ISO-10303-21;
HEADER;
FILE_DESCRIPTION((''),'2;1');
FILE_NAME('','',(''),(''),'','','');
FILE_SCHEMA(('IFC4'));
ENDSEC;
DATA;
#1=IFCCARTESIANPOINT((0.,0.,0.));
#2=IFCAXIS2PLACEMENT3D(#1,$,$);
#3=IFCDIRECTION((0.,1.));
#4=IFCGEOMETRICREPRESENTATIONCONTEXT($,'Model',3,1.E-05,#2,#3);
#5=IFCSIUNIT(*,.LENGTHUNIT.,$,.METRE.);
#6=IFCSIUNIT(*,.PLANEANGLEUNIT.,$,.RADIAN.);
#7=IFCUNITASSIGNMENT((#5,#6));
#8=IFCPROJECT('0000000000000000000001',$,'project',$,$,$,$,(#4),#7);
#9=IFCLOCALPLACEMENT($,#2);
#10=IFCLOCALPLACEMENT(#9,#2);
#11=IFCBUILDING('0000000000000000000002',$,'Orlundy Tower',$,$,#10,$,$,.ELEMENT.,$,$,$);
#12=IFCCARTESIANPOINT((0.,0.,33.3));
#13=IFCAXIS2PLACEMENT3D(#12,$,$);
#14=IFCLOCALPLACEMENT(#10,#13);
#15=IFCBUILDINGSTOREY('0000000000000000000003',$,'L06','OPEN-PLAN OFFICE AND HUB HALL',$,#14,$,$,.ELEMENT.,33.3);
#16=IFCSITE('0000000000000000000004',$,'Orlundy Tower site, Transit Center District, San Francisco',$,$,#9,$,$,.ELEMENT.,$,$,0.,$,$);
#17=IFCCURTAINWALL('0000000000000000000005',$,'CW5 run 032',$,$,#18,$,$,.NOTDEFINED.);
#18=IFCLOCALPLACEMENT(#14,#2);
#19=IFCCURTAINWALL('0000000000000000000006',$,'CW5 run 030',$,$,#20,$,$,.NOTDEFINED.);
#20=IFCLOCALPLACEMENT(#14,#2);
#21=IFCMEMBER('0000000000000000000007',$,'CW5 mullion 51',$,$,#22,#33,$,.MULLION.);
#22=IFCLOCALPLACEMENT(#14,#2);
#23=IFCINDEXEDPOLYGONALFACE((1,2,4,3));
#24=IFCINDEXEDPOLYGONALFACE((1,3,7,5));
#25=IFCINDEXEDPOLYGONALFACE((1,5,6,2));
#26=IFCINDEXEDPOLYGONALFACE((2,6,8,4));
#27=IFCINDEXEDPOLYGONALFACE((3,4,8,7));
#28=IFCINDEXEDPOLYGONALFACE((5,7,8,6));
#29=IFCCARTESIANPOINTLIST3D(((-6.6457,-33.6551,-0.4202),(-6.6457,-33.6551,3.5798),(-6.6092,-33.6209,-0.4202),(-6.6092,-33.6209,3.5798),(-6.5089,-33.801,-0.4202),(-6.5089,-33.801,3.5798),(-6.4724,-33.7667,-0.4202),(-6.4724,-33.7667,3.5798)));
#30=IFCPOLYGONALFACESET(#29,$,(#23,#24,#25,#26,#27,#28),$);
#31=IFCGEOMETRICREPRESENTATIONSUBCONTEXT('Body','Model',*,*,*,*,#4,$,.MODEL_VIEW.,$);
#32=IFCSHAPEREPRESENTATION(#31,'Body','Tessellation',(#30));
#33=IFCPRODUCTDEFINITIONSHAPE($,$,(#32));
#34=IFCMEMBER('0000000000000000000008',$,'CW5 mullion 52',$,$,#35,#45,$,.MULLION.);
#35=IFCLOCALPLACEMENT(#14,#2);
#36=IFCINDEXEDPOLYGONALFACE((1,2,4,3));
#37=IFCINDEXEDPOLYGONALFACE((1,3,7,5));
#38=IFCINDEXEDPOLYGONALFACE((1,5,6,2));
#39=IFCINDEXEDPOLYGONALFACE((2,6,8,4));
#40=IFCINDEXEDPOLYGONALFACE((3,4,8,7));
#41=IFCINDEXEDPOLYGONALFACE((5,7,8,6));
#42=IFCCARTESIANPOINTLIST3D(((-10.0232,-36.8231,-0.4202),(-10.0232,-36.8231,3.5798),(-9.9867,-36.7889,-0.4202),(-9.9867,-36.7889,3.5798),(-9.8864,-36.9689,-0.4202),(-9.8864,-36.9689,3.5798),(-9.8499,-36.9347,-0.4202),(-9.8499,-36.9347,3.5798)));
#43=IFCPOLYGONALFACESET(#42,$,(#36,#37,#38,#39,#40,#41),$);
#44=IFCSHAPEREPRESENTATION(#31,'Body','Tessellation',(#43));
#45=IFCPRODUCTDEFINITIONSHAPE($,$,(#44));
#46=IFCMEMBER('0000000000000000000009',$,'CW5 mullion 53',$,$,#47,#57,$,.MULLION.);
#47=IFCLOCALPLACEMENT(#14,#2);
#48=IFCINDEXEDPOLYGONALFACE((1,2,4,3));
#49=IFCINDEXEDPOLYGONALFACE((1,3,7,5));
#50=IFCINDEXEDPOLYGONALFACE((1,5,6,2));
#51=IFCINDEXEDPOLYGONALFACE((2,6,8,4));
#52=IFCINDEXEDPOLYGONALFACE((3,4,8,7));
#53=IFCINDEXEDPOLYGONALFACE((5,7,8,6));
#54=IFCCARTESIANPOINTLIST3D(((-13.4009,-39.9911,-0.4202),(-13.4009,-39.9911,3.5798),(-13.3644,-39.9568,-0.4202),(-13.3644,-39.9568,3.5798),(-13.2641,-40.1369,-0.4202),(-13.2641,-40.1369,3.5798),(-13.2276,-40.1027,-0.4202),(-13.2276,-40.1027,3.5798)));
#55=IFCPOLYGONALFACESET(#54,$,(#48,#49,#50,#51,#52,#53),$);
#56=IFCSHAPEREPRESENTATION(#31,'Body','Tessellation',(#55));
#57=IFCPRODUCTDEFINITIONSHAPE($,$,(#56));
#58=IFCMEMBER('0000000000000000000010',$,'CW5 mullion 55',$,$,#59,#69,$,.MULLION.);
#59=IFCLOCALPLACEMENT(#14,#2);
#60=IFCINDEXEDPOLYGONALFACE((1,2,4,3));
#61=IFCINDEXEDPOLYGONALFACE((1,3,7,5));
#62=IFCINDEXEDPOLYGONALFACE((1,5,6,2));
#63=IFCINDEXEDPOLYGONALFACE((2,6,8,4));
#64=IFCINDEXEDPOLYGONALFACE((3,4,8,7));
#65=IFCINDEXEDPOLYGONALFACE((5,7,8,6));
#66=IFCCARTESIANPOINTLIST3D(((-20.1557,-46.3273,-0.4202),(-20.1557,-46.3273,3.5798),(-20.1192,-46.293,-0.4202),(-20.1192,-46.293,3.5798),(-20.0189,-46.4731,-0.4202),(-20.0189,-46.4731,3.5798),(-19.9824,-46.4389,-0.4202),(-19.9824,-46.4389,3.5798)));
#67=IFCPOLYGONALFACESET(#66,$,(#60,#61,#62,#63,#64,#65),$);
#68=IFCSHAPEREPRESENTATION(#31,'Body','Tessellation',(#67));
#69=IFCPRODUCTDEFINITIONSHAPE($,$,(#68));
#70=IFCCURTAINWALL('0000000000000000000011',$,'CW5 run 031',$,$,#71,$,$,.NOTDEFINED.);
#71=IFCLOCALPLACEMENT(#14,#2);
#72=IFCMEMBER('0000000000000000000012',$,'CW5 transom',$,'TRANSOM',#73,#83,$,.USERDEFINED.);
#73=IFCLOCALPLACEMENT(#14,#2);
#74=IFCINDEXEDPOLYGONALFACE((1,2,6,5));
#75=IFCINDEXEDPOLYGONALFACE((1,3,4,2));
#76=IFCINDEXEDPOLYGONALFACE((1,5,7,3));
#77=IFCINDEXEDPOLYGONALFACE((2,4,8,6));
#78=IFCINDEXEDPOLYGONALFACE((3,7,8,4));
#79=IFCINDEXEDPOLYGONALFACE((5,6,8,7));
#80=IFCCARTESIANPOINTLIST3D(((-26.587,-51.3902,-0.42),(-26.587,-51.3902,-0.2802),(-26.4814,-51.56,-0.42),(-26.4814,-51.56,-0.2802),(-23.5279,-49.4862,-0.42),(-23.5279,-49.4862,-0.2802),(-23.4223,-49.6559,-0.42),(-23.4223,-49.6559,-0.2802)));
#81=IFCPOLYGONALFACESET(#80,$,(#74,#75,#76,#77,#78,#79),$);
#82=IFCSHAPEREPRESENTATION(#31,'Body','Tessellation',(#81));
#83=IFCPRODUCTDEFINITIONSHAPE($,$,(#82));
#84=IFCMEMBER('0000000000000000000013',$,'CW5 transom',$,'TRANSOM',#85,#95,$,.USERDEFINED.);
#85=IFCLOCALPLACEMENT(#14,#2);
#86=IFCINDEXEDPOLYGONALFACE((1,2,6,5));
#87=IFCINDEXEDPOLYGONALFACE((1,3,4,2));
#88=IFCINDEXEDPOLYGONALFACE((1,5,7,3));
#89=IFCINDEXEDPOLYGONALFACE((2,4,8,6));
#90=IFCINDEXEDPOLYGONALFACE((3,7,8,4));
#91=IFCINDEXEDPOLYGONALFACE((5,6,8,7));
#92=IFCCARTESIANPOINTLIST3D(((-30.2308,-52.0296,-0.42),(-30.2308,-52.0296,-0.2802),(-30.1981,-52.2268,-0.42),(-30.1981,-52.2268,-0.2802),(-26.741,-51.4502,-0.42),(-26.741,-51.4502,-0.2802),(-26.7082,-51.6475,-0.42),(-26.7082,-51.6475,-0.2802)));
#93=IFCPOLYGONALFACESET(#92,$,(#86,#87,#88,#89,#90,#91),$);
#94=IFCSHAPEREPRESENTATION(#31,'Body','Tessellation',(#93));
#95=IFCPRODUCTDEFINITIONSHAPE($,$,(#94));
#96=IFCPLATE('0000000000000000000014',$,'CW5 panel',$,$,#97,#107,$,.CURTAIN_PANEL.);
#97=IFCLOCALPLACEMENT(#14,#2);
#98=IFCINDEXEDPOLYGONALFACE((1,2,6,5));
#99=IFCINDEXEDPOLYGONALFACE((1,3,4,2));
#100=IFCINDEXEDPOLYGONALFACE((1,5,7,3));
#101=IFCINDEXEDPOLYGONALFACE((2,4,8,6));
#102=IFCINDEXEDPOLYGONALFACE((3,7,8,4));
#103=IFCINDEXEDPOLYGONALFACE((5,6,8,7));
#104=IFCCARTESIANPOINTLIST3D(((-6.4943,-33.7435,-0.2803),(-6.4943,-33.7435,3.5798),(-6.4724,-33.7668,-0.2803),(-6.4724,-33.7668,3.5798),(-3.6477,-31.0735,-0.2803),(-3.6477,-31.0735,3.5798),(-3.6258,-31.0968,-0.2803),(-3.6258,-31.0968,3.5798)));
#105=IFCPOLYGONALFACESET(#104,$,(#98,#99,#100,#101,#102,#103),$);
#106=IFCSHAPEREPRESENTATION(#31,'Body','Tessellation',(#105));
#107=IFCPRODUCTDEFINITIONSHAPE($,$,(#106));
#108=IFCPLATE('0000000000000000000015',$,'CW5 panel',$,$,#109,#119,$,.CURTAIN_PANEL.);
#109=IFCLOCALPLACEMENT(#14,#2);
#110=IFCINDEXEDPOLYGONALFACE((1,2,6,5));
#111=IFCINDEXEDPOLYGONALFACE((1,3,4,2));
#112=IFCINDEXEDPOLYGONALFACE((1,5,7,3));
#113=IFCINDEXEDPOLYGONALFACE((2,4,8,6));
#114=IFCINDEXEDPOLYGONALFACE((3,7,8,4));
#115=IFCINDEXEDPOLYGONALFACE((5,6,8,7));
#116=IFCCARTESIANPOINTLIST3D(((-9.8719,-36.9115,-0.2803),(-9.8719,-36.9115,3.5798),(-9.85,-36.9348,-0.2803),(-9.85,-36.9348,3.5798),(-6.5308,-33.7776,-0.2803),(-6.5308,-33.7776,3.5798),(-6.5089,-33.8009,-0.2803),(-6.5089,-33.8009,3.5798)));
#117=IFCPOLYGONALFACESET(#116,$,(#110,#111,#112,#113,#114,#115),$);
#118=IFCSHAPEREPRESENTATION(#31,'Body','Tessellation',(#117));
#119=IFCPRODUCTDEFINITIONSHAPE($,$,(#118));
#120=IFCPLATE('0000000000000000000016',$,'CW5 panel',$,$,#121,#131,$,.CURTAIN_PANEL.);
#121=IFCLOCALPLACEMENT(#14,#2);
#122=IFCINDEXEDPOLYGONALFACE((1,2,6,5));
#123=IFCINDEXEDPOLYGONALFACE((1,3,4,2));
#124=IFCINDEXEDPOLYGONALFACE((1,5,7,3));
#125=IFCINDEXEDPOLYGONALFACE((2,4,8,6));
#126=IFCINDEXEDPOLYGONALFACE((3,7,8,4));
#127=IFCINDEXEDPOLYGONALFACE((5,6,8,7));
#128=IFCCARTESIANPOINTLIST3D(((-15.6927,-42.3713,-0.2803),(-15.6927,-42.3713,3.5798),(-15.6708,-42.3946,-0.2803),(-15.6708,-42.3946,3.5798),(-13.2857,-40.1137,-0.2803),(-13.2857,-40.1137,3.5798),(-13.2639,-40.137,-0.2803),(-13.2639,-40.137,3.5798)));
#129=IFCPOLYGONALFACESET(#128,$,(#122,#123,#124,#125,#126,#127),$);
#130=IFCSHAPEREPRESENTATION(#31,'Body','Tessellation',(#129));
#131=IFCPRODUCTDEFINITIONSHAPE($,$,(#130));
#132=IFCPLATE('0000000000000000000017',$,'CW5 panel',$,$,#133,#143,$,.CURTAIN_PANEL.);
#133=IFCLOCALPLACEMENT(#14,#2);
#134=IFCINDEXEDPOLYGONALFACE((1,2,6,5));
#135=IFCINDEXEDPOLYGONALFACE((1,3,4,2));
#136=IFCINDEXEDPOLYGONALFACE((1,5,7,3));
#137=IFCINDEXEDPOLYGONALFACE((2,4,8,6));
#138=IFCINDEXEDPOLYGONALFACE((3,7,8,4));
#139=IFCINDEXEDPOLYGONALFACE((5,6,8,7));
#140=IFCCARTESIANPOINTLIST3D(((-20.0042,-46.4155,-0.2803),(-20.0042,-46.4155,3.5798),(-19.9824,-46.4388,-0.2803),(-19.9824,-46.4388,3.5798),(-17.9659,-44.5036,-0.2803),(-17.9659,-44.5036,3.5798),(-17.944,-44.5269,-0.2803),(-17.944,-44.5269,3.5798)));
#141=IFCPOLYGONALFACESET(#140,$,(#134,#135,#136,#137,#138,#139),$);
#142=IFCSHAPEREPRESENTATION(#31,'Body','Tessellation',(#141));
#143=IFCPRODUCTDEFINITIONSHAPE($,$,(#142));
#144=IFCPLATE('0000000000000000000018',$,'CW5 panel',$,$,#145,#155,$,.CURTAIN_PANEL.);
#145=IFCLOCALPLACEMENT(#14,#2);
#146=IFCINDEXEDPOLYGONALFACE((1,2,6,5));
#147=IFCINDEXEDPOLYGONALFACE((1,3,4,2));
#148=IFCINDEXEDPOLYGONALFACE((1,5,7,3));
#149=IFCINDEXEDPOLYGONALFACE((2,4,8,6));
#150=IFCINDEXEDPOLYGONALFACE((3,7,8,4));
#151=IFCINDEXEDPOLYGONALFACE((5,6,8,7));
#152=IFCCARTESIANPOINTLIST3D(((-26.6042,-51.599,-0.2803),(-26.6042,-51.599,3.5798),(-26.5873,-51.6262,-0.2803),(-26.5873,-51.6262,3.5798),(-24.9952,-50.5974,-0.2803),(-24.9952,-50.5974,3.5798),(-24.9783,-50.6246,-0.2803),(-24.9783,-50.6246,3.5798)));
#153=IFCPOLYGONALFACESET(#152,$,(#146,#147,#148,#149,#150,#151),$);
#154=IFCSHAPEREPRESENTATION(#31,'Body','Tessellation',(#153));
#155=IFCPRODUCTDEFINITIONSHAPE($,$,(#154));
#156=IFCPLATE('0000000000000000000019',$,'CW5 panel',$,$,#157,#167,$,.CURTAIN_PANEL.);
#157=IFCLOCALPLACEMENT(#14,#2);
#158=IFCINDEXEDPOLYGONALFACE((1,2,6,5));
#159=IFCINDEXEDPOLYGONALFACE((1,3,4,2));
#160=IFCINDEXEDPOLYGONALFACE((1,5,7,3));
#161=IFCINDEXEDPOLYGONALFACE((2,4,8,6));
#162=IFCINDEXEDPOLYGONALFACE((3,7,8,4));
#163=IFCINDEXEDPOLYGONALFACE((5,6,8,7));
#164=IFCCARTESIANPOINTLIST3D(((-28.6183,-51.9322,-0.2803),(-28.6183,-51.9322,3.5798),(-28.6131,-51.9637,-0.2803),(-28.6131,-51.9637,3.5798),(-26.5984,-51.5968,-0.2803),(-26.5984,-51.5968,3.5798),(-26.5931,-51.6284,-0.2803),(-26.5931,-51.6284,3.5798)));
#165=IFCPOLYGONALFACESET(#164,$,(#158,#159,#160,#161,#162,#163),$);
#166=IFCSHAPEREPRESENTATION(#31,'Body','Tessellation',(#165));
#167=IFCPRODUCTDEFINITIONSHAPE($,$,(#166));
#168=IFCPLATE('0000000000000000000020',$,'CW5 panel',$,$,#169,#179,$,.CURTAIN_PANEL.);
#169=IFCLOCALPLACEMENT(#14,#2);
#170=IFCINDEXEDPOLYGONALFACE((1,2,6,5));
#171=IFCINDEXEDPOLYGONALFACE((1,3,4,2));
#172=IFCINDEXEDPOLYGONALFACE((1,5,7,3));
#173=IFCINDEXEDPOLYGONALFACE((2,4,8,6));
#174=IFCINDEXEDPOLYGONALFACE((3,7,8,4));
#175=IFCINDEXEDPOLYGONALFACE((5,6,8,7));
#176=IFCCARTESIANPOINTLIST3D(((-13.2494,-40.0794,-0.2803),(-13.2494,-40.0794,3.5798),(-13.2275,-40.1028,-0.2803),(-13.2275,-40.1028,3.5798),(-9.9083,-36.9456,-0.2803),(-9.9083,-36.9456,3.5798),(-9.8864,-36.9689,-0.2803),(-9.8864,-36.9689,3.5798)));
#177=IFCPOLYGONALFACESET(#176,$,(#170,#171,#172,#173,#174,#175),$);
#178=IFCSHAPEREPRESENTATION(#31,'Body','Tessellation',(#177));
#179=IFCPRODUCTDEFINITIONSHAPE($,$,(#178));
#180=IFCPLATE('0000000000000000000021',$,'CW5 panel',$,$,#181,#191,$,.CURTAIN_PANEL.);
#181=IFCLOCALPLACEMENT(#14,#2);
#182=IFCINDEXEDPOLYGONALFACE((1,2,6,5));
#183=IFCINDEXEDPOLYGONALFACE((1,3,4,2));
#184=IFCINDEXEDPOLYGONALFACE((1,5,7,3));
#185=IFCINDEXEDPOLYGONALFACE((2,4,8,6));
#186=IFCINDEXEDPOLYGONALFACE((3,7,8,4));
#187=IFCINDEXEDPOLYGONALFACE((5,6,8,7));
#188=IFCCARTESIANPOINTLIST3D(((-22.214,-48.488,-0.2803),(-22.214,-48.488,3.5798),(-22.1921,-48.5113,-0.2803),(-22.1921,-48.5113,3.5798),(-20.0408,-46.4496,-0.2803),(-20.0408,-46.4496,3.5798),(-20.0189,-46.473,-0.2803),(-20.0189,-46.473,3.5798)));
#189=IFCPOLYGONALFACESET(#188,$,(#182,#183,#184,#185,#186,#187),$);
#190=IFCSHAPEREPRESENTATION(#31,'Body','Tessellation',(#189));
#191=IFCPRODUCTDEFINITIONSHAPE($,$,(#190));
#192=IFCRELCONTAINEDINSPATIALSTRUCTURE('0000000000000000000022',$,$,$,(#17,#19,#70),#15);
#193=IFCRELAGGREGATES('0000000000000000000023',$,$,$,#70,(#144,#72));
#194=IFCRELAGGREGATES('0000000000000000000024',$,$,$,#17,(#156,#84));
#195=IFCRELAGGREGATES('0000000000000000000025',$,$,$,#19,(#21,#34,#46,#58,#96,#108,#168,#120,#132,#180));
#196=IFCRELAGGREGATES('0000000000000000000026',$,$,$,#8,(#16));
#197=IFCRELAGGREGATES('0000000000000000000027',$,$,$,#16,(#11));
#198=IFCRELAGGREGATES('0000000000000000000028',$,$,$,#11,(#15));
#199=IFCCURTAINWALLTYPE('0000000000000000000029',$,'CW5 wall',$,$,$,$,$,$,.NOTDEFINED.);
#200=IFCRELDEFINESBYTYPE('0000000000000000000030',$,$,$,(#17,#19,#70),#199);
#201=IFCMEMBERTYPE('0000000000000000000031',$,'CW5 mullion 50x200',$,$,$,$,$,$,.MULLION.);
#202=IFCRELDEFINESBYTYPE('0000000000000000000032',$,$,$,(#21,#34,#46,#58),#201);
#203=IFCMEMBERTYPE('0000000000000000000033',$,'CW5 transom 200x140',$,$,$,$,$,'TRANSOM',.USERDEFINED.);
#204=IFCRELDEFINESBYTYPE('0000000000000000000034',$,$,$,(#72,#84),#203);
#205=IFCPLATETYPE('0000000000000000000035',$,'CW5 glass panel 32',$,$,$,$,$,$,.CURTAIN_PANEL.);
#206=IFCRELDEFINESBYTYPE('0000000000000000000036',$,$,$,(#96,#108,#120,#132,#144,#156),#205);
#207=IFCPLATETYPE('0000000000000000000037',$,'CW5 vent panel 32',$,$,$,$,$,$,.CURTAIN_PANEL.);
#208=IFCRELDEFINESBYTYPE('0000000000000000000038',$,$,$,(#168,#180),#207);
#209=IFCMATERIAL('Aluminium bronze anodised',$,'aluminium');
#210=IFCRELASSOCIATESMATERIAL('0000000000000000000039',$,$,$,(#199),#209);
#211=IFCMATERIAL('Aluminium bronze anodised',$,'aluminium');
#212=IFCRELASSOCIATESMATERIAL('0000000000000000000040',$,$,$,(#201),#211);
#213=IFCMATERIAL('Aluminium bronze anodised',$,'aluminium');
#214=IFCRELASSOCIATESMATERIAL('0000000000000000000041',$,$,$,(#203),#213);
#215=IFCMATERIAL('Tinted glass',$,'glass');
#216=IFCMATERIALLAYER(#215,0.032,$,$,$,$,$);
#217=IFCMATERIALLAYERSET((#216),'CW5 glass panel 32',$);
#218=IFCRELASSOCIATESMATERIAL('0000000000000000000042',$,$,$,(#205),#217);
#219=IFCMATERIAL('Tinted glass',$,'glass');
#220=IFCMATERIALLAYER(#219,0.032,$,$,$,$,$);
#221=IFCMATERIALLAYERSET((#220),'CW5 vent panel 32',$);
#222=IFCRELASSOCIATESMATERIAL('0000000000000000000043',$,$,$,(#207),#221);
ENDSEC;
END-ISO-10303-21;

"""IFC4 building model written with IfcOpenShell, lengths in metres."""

from ifc_helpers import new_model, si_unit, direction, frame, origin, origin_2d, place, context, subcontext, project, spatial, rectangle, extrude, material, layer, layer_set, material_profile, profile_set, type_object, element, aggregate, save


model = new_model("IFC4")

# Units and contexts
model_context = context("Model", 3, precision=1e-05, world=origin(), true_north=direction((0.0, 1.0)))
body_context = subcontext(model_context, "Body", "Model", "MODEL_VIEW")
ifc_project = project(units=[si_unit("LENGTHUNIT", "METRE"), si_unit("PLANEANGLEUNIT", "RADIAN")], contexts=[model_context])

# Site, building, storey
site_placement = place(None, origin())
site = spatial("IfcSite", under=ifc_project, at=site_placement, Name="Orlundy Tower site, Transit Center District, San Francisco", CompositionType="ELEMENT", RefElevation=0.0)
building_placement = place(site_placement, origin())
building = spatial("IfcBuilding", under=site, at=building_placement, Name="Orlundy Tower", CompositionType="ELEMENT")
storey_placement = place(building_placement, frame((0.0, 0.0, 33.3)))
storey = spatial("IfcBuildingStorey", under=building, at=storey_placement, Name="L06", Description="OPEN-PLAN OFFICE AND HUB HALL", CompositionType="ELEMENT", Elevation=33.3)

# Curtain wall
ifc_material_1 = material(Name="Aluminium bronze anodised", Category="aluminium")
curtain_wall_type = type_object("IfcCurtainWallType", Name="CW5 wall", PredefinedType="NOTDEFINED", material=ifc_material_1)
curtain_wall_1_placement = place(storey_placement, origin())
curtain_wall_1 = element("IfcCurtainWall", 1, at=curtain_wall_1_placement, inside=storey, type_object=curtain_wall_type, Name="CW5 run 032", PredefinedType="NOTDEFINED")

# Curtain wall, members
curtain_wall_2_placement = place(storey_placement, origin())
curtain_wall_2 = element("IfcCurtainWall", 2, at=curtain_wall_2_placement, inside=storey, type_object=curtain_wall_type, Name="CW5 run 030", PredefinedType="NOTDEFINED")
ifc_material_2 = material(Name="Aluminium bronze anodised", Category="aluminium")
ifc_material_profile_1 = material_profile(ifc_material_2, rectangle(XDim=0.2, YDim=0.05, at=origin_2d()), Name="CW5 mullion 50x200")
ifc_profile_set_1 = profile_set([ifc_material_profile_1], Name="Aluminium bronze anodised")
member_type_1 = type_object("IfcMemberType", Name="CW5 mullion 50x200", PredefinedType="MULLION", material=ifc_profile_set_1)
member_1_placement = place(storey_placement, frame((-6.5591, -33.7109, -0.4202), z_axis=(0.0, 0.0, 1.0), x_axis=(0.684124, -0.729365, 0.0)))
member_1 = element("IfcMember", 3, at=member_1_placement, type_object=member_type_1, Name="CW5 mullion 51", PredefinedType="MULLION", context=body_context, shape_type="SweptSolid", body=[
    extrude(rectangle(XDim=0.2, YDim=0.05, at=origin_2d()), origin(), (0.0, 0.0, 1.0), 4.0),
])
member_2_placement = place(storey_placement, frame((-9.9365, -36.8789, -0.4202), z_axis=(0.0, 0.0, 1.0), x_axis=(0.684124, -0.729365, 0.0)))
member_2 = element("IfcMember", 4, at=member_2_placement, type_object=member_type_1, Name="CW5 mullion 52", PredefinedType="MULLION", context=body_context, shape_type="SweptSolid", body=[
    extrude(rectangle(XDim=0.2, YDim=0.05, at=origin_2d()), origin(), (0.0, 0.0, 1.0), 4.0),
])
member_3_placement = place(storey_placement, frame((-13.3142, -40.0469, -0.4202), z_axis=(0.0, 0.0, 1.0), x_axis=(0.684124, -0.729365, 0.0)))
member_3 = element("IfcMember", 5, at=member_3_placement, type_object=member_type_1, Name="CW5 mullion 53", PredefinedType="MULLION", context=body_context, shape_type="SweptSolid", body=[
    extrude(rectangle(XDim=0.2, YDim=0.05, at=origin_2d()), origin(), (0.0, 0.0, 1.0), 4.0),
])
member_4_placement = place(storey_placement, frame((-20.0691, -46.3831, -0.4202), z_axis=(0.0, 0.0, 1.0), x_axis=(0.684124, -0.729365, 0.0)))
member_4 = element("IfcMember", 6, at=member_4_placement, type_object=member_type_1, Name="CW5 mullion 55", PredefinedType="MULLION", context=body_context, shape_type="SweptSolid", body=[
    extrude(rectangle(XDim=0.2, YDim=0.05, at=origin_2d()), origin(), (0.0, 0.0, 1.0), 4.0),
])

# Curtain wall, member
curtain_wall_3_placement = place(storey_placement, origin())
curtain_wall_3 = element("IfcCurtainWall", 7, at=curtain_wall_3_placement, inside=storey, type_object=curtain_wall_type, Name="CW5 run 031", PredefinedType="NOTDEFINED")
ifc_material_3 = material(Name="Aluminium bronze anodised", Category="aluminium")
ifc_material_profile_2 = material_profile(ifc_material_3, rectangle(XDim=0.2, YDim=0.1399, at=origin_2d()), Name="CW5 transom 200x140")
ifc_profile_set_2 = profile_set([ifc_material_profile_2], Name="Aluminium bronze anodised")
member_type_2 = type_object("IfcMemberType", Name="CW5 transom 200x140", ElementType="TRANSOM", PredefinedType="USERDEFINED", material=ifc_profile_set_2)
member_5_placement = place(storey_placement, frame((-23.4751, -49.571, -0.3501), z_axis=(-0.848979, -0.528427, 0.0), x_axis=(0.528427, -0.848979, 0.0)))
member_5 = element("IfcMember", 8, at=member_5_placement, type_object=member_type_2, Name="CW5 transom", ObjectType="TRANSOM", PredefinedType="USERDEFINED", context=body_context, shape_type="SweptSolid", body=[
    extrude(rectangle(XDim=0.2, YDim=0.1399, at=origin_2d()), origin(), (0.0, 0.0, 1.0), 3.6033),
])

# Member
member_6_placement = place(storey_placement, frame((-26.7246, -51.5488, -0.3501), z_axis=(-0.986498, -0.163772, 0.0), x_axis=(0.163772, -0.986498, 0.0)))
member_6 = element("IfcMember", 9, at=member_6_placement, type_object=member_type_2, Name="CW5 transom", ObjectType="TRANSOM", PredefinedType="USERDEFINED", context=body_context, shape_type="SweptSolid", body=[
    extrude(rectangle(XDim=0.2, YDim=0.1399, at=origin_2d()), origin(), (0.0, 0.0, 1.0), 3.5376),
])

# Plates
ifc_material_4 = material(Name="Tinted glass", Category="glass")
ifc_layer_1 = layer(ifc_material_4, 0.032)
ifc_layer_set_1 = layer_set([ifc_layer_1], Name="CW5 glass panel 32")
plate_type_1 = type_object("IfcPlateType", Name="CW5 glass panel 32", PredefinedType="CURTAIN_PANEL", material=ifc_layer_set_1)
plate_1_placement = place(storey_placement, frame((-5.0601, -32.4202, -0.2803), z_axis=(0.0, 0.0, 1.0), x_axis=(-0.729365, -0.684124, 0.0)))
plate_1 = element("IfcPlate", 10, at=plate_1_placement, type_object=plate_type_1, Name="CW5 panel", PredefinedType="CURTAIN_PANEL", context=body_context, shape_type="SweptSolid", body=[
    extrude(rectangle(XDim=3.9028, YDim=0.032, at=origin_2d()), origin(), (0.0, 0.0, 1.0), 3.8601),
])
plate_2_placement = place(storey_placement, frame((-8.1904, -35.3562, -0.2803), z_axis=(0.0, 0.0, 1.0), x_axis=(-0.729365, -0.684124, 0.0)))
plate_2 = element("IfcPlate", 11, at=plate_2_placement, type_object=plate_type_1, Name="CW5 panel", PredefinedType="CURTAIN_PANEL", context=body_context, shape_type="SweptSolid", body=[
    extrude(rectangle(XDim=4.5808, YDim=0.032, at=origin_2d()), origin(), (0.0, 0.0, 1.0), 3.8601),
])
plate_3_placement = place(storey_placement, frame((-14.4783, -41.2542, -0.2803), z_axis=(0.0, 0.0, 1.0), x_axis=(-0.729365, -0.684124, 0.0)))
plate_3 = element("IfcPlate", 12, at=plate_3_placement, type_object=plate_type_1, Name="CW5 panel", PredefinedType="CURTAIN_PANEL", context=body_context, shape_type="SweptSolid", body=[
    extrude(rectangle(XDim=3.3, YDim=0.032, at=origin_2d()), origin(), (0.0, 0.0, 1.0), 3.8601),
])
plate_4_placement = place(storey_placement, frame((-18.9741, -45.4712, -0.2803), z_axis=(0.0, 0.0, 1.0), x_axis=(-0.729365, -0.684124, 0.0)))
plate_4 = element("IfcPlate", 13, at=plate_4_placement, type_object=plate_type_1, Name="CW5 panel", PredefinedType="CURTAIN_PANEL", context=body_context, shape_type="SweptSolid", body=[
    extrude(rectangle(XDim=2.7947, YDim=0.032, at=origin_2d()), origin(), (0.0, 0.0, 1.0), 3.8601),
])
plate_5_placement = place(storey_placement, frame((-25.7913, -51.1118, -0.2803), z_axis=(0.0, 0.0, 1.0), x_axis=(-0.848952, -0.52847, 0.0)))
plate_5 = element("IfcPlate", 14, at=plate_5_placement, type_object=plate_type_1, Name="CW5 panel", PredefinedType="CURTAIN_PANEL", context=body_context, shape_type="SweptSolid", body=[
    extrude(rectangle(XDim=1.8953, YDim=0.032, at=origin_2d()), origin(), (0.0, 0.0, 1.0), 3.8601),
])
aggregate(curtain_wall_3, [plate_5, member_5])
plate_6_placement = place(storey_placement, frame((-27.6057, -51.7803, -0.2803), z_axis=(0.0, 0.0, 1.0), x_axis=(-0.986496, -0.163786, 0.0)))
plate_6 = element("IfcPlate", 15, at=plate_6_placement, type_object=plate_type_1, Name="CW5 panel", PredefinedType="CURTAIN_PANEL", context=body_context, shape_type="SweptSolid", body=[
    extrude(rectangle(XDim=2.0476, YDim=0.032, at=origin_2d()), origin(), (0.0, 0.0, 1.0), 3.8601),
])
aggregate(curtain_wall_1, [plate_6, member_6])
ifc_material_5 = material(Name="Tinted glass", Category="glass")
ifc_layer_2 = layer(ifc_material_5, 0.032)
ifc_layer_set_2 = layer_set([ifc_layer_2], Name="CW5 vent panel 32")
plate_type_2 = type_object("IfcPlateType", Name="CW5 vent panel 32", PredefinedType="CURTAIN_PANEL", material=ifc_layer_set_2)
plate_7_placement = place(storey_placement, frame((-11.5679, -38.5242, -0.2803), z_axis=(0.0, 0.0, 1.0), x_axis=(-0.729365, -0.684124, 0.0)))
plate_7 = element("IfcPlate", 16, at=plate_7_placement, type_object=plate_type_2, Name="CW5 panel", PredefinedType="CURTAIN_PANEL", context=body_context, shape_type="SweptSolid", body=[
    extrude(rectangle(XDim=4.5808, YDim=0.032, at=origin_2d()), origin(), (0.0, 0.0, 1.0), 3.8601),
])
plate_8_placement = place(storey_placement, frame((-21.1165, -47.4805, -0.2803), z_axis=(0.0, 0.0, 1.0), x_axis=(-0.729365, -0.684124, 0.0)))
plate_8 = element("IfcPlate", 17, at=plate_8_placement, type_object=plate_type_2, Name="CW5 panel", PredefinedType="CURTAIN_PANEL", context=body_context, shape_type="SweptSolid", body=[
    extrude(rectangle(XDim=2.9795, YDim=0.032, at=origin_2d()), origin(), (0.0, 0.0, 1.0), 3.8601),
])
aggregate(curtain_wall_2, [member_1, member_2, member_3, member_4, plate_1, plate_2, plate_7, plate_3, plate_4, plate_8])

save(model, "model.ifc")
